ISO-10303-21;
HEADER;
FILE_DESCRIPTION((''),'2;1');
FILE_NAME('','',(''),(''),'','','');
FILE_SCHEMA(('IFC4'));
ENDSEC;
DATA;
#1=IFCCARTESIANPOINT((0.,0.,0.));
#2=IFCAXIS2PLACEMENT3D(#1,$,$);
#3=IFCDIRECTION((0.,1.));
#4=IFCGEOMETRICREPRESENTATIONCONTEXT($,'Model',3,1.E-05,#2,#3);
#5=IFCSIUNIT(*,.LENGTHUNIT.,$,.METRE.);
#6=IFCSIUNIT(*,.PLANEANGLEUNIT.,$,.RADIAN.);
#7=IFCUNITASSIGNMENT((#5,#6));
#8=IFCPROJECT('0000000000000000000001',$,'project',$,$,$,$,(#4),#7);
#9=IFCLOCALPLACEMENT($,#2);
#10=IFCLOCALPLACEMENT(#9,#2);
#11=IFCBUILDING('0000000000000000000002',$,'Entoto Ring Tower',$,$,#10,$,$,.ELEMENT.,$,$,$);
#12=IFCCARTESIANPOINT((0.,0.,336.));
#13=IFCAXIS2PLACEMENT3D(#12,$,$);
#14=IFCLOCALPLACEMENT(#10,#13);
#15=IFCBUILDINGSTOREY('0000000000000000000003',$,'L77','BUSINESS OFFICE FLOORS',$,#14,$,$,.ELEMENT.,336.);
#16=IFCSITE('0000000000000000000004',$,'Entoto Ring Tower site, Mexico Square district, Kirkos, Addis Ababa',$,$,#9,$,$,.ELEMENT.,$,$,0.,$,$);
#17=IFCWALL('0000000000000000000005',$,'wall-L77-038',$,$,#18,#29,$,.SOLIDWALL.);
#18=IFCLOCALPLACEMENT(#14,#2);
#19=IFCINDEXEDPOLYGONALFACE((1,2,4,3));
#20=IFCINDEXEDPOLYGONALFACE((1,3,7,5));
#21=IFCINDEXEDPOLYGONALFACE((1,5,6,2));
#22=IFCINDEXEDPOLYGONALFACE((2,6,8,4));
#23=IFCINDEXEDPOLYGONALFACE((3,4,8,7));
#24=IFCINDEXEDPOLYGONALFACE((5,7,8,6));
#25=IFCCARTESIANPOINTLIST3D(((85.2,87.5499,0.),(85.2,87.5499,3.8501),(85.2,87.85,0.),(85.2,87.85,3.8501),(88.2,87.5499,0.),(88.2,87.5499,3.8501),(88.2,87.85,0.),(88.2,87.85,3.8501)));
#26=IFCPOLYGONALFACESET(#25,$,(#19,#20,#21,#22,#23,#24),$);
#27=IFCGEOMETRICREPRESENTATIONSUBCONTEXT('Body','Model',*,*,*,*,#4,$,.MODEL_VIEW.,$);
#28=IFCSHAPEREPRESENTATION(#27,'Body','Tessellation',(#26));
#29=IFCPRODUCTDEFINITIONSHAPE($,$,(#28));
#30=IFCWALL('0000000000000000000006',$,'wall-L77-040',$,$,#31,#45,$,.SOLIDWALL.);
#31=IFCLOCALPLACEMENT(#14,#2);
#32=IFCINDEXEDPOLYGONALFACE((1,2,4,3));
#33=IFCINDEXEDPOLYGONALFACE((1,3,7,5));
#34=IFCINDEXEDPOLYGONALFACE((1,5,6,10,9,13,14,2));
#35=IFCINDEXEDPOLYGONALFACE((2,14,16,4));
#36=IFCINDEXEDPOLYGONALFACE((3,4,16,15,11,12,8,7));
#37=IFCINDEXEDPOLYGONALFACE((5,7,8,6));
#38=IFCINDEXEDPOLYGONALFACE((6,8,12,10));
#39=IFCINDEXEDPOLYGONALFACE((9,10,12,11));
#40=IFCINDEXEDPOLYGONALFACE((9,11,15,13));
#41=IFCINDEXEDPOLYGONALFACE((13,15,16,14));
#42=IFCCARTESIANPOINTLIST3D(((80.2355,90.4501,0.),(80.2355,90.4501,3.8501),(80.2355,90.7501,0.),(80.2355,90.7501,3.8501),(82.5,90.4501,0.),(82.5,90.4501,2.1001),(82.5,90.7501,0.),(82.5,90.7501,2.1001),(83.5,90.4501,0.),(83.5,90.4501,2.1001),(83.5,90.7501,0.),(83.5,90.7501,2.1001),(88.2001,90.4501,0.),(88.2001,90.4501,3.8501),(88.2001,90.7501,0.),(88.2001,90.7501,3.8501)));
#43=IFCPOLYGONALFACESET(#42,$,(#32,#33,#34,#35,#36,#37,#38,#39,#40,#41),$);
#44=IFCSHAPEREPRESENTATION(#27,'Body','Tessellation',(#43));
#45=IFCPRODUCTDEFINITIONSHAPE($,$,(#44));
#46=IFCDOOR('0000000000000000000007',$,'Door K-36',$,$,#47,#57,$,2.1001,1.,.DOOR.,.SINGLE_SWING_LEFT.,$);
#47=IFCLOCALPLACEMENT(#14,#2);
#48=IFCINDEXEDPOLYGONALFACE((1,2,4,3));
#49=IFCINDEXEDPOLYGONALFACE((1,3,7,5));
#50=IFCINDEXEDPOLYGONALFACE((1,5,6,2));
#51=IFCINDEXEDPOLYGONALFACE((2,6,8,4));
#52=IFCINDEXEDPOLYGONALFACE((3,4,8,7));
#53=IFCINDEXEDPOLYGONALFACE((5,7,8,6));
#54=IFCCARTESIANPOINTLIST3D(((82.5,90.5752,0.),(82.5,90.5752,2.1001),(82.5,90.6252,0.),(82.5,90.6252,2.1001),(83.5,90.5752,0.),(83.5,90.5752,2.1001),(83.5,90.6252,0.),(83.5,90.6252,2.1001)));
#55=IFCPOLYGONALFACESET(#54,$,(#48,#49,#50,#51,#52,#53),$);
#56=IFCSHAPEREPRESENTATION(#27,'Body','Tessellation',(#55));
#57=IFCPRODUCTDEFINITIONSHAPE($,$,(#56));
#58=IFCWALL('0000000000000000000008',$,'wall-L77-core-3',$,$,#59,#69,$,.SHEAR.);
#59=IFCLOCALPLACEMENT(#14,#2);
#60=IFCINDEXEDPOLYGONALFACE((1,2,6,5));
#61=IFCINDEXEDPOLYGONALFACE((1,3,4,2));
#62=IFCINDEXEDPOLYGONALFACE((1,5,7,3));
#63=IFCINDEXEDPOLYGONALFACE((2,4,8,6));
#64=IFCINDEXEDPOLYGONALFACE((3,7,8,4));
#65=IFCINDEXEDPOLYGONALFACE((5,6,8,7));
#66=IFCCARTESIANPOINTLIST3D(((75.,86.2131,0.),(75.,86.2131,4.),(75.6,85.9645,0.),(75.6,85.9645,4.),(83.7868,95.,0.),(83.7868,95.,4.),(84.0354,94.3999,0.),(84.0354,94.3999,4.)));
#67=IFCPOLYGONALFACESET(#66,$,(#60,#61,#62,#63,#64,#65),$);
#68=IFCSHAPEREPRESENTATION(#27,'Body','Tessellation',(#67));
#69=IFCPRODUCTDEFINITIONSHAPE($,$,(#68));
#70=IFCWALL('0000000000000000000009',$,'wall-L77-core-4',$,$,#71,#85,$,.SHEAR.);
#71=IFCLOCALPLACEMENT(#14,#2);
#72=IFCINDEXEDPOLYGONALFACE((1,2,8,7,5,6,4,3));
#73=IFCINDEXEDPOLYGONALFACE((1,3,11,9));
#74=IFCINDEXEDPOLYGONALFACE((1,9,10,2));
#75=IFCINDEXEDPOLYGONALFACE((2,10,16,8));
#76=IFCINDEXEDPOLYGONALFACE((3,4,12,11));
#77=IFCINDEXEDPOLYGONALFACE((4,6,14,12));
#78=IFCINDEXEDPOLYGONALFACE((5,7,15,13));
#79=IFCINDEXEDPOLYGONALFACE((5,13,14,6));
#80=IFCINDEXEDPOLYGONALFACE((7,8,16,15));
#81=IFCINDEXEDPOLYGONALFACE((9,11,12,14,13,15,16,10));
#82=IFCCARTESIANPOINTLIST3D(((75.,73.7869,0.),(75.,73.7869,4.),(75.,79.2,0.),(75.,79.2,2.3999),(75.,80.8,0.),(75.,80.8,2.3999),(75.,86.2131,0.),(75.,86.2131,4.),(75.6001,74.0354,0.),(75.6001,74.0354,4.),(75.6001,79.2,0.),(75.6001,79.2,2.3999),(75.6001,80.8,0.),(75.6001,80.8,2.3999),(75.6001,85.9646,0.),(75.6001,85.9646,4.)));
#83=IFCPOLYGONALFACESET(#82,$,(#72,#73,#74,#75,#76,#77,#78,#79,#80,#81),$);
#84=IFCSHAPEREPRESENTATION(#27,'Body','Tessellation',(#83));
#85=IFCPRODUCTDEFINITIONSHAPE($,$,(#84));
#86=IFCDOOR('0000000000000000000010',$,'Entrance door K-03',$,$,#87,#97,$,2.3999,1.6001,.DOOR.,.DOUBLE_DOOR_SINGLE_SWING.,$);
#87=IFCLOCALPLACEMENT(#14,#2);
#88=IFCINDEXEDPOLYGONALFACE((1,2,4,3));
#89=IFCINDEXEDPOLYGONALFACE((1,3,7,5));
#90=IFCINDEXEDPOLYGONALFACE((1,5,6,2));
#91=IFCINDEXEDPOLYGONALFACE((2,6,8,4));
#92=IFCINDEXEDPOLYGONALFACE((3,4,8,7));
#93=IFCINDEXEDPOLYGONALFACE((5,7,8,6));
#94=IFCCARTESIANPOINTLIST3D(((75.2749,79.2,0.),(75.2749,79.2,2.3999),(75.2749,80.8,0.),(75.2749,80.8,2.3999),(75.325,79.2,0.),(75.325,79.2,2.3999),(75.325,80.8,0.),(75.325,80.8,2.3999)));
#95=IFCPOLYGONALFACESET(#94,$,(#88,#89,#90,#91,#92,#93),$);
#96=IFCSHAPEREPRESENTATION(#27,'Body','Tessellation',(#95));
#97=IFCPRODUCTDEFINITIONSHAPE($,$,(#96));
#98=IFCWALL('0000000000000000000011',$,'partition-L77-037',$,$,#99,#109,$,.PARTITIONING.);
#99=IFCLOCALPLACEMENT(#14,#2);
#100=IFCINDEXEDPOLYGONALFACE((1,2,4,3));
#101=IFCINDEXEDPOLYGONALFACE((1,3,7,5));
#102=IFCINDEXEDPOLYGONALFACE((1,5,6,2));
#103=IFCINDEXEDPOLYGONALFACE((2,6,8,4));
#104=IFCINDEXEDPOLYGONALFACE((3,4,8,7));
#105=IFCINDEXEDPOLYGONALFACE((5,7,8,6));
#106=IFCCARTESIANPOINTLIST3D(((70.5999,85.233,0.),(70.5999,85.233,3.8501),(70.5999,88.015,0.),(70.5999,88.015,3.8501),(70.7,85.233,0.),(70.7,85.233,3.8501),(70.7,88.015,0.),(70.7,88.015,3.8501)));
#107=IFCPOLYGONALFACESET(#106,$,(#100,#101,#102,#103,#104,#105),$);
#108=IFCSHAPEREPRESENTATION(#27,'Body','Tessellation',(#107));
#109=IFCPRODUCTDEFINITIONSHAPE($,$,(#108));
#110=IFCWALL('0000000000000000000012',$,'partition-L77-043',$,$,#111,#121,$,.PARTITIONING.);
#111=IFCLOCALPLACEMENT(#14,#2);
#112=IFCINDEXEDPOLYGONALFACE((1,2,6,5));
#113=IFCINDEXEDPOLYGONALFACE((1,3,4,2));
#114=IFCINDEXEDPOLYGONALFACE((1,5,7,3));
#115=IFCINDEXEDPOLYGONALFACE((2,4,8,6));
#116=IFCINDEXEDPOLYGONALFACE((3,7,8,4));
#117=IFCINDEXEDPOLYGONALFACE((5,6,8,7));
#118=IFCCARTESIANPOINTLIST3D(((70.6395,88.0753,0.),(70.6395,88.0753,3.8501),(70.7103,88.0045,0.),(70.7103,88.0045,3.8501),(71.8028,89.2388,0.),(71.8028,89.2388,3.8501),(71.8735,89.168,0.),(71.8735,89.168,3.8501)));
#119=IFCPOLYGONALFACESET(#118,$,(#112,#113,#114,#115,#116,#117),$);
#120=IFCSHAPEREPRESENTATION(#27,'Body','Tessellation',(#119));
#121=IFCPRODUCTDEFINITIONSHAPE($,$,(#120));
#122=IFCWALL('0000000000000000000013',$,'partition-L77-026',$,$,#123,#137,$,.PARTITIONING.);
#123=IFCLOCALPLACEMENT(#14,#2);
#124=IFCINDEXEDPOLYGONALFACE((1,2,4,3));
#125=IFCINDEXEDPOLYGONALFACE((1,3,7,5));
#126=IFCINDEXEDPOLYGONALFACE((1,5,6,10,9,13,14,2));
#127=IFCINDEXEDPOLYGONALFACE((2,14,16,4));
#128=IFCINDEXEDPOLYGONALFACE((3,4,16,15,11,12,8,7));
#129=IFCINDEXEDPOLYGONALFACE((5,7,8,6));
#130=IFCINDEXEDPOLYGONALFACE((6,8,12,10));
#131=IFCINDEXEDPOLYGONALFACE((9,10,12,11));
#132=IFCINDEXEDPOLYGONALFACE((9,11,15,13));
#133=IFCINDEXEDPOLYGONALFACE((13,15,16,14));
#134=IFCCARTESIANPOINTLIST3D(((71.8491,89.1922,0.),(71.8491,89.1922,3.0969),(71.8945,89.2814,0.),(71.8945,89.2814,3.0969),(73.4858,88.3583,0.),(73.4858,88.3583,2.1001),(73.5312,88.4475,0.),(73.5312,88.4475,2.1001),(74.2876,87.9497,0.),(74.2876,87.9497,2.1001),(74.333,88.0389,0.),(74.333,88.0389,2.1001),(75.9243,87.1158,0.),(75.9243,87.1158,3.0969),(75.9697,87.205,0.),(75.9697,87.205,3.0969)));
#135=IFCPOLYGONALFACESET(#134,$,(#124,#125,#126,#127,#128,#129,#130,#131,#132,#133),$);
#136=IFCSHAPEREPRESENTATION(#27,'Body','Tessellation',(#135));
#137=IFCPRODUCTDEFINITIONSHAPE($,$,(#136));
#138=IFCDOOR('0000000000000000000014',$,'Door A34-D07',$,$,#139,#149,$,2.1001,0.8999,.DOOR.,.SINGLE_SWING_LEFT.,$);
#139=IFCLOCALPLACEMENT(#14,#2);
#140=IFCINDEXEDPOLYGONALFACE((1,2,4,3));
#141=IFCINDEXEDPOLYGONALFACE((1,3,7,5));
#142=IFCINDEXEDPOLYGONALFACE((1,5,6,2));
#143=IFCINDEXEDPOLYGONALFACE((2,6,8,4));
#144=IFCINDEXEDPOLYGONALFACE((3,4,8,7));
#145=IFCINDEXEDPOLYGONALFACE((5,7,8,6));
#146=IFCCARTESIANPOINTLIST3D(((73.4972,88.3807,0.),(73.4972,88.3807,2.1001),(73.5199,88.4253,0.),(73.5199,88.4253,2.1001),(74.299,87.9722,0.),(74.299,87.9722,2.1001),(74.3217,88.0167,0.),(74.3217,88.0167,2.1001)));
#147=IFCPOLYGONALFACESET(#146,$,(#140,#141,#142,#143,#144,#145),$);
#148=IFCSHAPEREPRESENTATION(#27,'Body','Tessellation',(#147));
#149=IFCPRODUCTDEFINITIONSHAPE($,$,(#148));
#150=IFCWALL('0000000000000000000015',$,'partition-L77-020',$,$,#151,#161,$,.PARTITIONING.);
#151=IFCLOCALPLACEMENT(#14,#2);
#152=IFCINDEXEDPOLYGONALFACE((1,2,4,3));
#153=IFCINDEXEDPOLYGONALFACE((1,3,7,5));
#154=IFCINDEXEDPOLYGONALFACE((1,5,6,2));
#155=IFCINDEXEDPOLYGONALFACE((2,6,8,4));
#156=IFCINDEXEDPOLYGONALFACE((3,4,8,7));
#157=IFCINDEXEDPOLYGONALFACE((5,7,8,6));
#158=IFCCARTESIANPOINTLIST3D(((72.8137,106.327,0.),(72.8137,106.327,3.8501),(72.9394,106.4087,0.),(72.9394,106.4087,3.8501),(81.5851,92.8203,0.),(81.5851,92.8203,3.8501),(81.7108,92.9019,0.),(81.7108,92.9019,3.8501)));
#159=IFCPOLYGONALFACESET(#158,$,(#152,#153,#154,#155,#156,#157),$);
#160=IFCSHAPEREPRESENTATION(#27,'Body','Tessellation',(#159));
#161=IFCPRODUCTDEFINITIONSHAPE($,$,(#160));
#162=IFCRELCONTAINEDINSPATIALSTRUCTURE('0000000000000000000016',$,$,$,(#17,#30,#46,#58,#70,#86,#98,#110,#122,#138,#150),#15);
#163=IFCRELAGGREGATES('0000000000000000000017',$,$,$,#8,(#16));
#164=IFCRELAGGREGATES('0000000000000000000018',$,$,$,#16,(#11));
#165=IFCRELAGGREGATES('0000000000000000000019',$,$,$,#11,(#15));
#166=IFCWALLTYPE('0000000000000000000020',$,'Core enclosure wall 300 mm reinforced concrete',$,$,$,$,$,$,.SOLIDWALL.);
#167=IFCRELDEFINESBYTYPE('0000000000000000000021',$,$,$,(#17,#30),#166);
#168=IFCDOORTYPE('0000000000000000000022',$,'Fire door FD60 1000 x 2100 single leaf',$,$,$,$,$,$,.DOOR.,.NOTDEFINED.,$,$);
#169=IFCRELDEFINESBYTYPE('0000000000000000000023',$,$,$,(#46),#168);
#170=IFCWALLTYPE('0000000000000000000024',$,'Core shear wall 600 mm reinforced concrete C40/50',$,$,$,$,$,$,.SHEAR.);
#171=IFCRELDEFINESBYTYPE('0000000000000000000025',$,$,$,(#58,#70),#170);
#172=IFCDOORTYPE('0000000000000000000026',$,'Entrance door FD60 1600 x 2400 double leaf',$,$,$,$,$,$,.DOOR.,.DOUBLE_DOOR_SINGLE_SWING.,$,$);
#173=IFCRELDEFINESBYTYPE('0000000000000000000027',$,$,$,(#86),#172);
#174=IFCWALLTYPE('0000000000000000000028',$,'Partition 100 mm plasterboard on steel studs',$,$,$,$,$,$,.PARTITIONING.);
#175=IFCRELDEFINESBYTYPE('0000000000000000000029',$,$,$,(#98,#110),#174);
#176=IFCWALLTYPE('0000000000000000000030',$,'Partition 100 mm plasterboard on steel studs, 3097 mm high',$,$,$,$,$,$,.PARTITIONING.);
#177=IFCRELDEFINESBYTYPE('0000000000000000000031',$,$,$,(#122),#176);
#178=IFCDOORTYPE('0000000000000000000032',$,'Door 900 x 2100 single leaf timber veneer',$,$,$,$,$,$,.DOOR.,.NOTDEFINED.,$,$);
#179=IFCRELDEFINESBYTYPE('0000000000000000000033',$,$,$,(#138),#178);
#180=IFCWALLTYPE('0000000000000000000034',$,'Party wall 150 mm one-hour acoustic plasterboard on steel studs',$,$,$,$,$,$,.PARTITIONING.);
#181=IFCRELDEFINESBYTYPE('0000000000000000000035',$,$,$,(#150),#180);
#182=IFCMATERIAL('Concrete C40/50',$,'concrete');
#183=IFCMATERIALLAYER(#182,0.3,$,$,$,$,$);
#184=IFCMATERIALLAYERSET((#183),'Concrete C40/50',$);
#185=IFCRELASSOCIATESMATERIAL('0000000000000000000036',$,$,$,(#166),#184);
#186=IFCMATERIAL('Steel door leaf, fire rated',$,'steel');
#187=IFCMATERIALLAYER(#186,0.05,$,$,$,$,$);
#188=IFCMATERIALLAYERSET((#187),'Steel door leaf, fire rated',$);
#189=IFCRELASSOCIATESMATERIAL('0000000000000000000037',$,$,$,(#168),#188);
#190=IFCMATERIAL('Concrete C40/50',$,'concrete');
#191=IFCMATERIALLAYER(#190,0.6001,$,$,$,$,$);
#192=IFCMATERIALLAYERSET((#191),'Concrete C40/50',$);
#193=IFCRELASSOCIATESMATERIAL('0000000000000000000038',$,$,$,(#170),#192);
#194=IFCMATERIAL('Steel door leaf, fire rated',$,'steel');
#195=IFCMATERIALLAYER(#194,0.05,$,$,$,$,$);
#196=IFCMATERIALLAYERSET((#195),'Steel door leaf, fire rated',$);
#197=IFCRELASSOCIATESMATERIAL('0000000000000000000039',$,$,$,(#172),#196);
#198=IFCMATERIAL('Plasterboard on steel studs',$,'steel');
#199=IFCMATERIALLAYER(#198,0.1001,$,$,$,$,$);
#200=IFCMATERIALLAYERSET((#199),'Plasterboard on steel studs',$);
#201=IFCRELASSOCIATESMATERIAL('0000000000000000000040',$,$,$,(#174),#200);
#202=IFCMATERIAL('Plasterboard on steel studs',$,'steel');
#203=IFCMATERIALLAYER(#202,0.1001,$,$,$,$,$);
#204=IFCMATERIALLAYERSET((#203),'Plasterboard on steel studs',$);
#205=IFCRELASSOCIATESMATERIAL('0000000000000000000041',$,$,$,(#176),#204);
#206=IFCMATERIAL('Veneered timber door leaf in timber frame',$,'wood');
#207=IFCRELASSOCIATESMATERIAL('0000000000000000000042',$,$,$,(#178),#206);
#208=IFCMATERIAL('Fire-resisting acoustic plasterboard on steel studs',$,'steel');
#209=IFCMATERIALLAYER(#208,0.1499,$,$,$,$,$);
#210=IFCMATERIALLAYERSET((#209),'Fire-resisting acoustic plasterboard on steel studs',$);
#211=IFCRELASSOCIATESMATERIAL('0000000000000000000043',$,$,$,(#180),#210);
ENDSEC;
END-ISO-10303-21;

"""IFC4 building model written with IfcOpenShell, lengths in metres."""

from ifc_helpers import new_model, si_unit, direction, frame, frame_2d, origin, place, context, subcontext, project, spatial, polyline, rectangle, outline, extrude, material, layer, layer_set, type_object, element, fill, save


model = new_model("IFC4")

# Units and contexts
model_context = context("Model", 3, precision=1e-05, world=origin(), true_north=direction((0.0, 1.0)))
body_context = subcontext(model_context, "Body", "Model", "MODEL_VIEW")
ifc_project = project(units=[si_unit("LENGTHUNIT", "METRE"), si_unit("PLANEANGLEUNIT", "RADIAN")], contexts=[model_context])

# Site, building, storey
site_placement = place(None, origin())
site = spatial("IfcSite", under=ifc_project, at=site_placement, Name="Entoto Ring Tower site, Mexico Square district, Kirkos, Addis Ababa", CompositionType="ELEMENT", RefElevation=0.0)
building_placement = place(site_placement, origin())
building = spatial("IfcBuilding", under=site, at=building_placement, Name="Entoto Ring Tower", CompositionType="ELEMENT")
storey_placement = place(building_placement, frame((0.0, 0.0, 336.0)))
storey = spatial("IfcBuildingStorey", under=building, at=storey_placement, Name="L77", Description="BUSINESS OFFICE FLOORS", CompositionType="ELEMENT", Elevation=336.0)

# Wall
ifc_material_1 = material(Name="Concrete C40/50", Category="concrete")
ifc_layer_1 = layer(ifc_material_1, 0.3)
ifc_layer_set_1 = layer_set([ifc_layer_1], Name="Concrete C40/50")
wall_type_1 = type_object("IfcWallType", Name="Core enclosure wall 300 mm reinforced concrete", PredefinedType="SOLIDWALL", material=ifc_layer_set_1)
wall_1_placement = place(storey_placement, frame((85.2, 87.7, 0.0), z_axis=(0.0, 0.0, 1.0), x_axis=(1.0, 0.0, 0.0)))
element("IfcWall", 1, at=wall_1_placement, inside=storey, type_object=wall_type_1, Name="wall-L77-038", PredefinedType="SOLIDWALL", context=body_context, shape_type="SweptSolid", body=[
    extrude(rectangle(XDim=3.0, YDim=0.3, at=frame_2d((1.5, 0.0))), origin(), (0.0, 0.0, 1.0), 3.8501),
])

# Wall, opening, door
wall_2_placement = place(storey_placement, frame((80.2354, 90.6001, 0.0), z_axis=(0.0, 0.0, 1.0), x_axis=(1.0, 0.0, 0.0)))
wall_2 = element("IfcWall", 2, at=wall_2_placement, inside=storey, type_object=wall_type_1, Name="wall-L77-040", PredefinedType="SOLIDWALL", context=body_context, shape_type="SweptSolid", body=[
    extrude(rectangle(XDim=7.9646, YDim=0.3, at=frame_2d((3.9824, 0.0))), origin(), (0.0, 0.0, 1.0), 3.8501),
])
opening_1_placement = place(wall_2_placement, frame((2.2646, 0.0, 0.0)))
opening_1 = element("IfcOpeningElement", 3, at=opening_1_placement, cuts=wall_2, PredefinedType="OPENING", context=body_context, shape_type="SweptSolid", body=[
    extrude(rectangle(XDim=1.0, YDim=2.1001, at=frame_2d((0.5, 1.05))), frame((0.0, 0.1602, 0.0), z_axis=(0.0, -1.0, 0.0), x_axis=(1.0, 0.0, 0.0)), (0.0, 0.0, 1.0), 0.3201),
])
ifc_material_2 = material(Name="Steel door leaf, fire rated", Category="steel")
ifc_layer_2 = layer(ifc_material_2, 0.05)
ifc_layer_set_2 = layer_set([ifc_layer_2], Name="Steel door leaf, fire rated")
door_type_1 = type_object("IfcDoorType", Name="Fire door FD60 1000 x 2100 single leaf", OperationType="NOTDEFINED", PredefinedType="DOOR", material=ifc_layer_set_2)
door_1_placement = place(opening_1_placement, frame((1.0, 0.0, 0.0), z_axis=(0.0, 0.0, 1.0), x_axis=(-1.0, 0.0, 0.0)))
door_1 = element("IfcDoor", 4, at=door_1_placement, inside=storey, type_object=door_type_1, Name="Door K-36", OperationType="SINGLE_SWING_LEFT", OverallHeight=2.1001, OverallWidth=1.0, PredefinedType="DOOR", context=body_context, shape_type="SweptSolid", body=[
    extrude(rectangle(XDim=1.0, YDim=2.1001, at=frame_2d((0.5, 1.05))), frame((0.0, 0.0249, 0.0), z_axis=(0.0, -1.0, 0.0), x_axis=(1.0, 0.0, 0.0)), (0.0, 0.0, 1.0), 0.05),
])
fill(opening_1, door_1)

# Wall
ifc_material_3 = material(Name="Concrete C40/50", Category="concrete")
ifc_layer_3 = layer(ifc_material_3, 0.6001)
ifc_layer_set_3 = layer_set([ifc_layer_3], Name="Concrete C40/50")
wall_type_2 = type_object("IfcWallType", Name="Core shear wall 600 mm reinforced concrete C40/50", PredefinedType="SHEAR", material=ifc_layer_set_3)
wall_3_placement = place(storey_placement, frame((83.9111, 94.7, 0.0), z_axis=(0.0, 0.0, 1.0), x_axis=(-0.707107, -0.707107, 0.0)))
element("IfcWall", 5, at=wall_3_placement, inside=storey, type_object=wall_type_2, Name="wall-L77-core-3", PredefinedType="SHEAR", context=body_context, shape_type="SweptSolid", body=[
    extrude(outline(polyline([(-0.1243, -0.3), (12.3022, -0.3), (12.0537, 0.3), (0.1243, 0.3), (-0.1243, -0.3)])), origin(), (0.0, 0.0, 1.0), 4.0),
])

# Wall, opening, door
wall_4_placement = place(storey_placement, frame((75.3, 86.0889, 0.0), z_axis=(0.0, 0.0, 1.0), x_axis=(0.0, -1.0, 0.0)))
wall_4 = element("IfcWall", 6, at=wall_4_placement, inside=storey, type_object=wall_type_2, Name="wall-L77-core-4", PredefinedType="SHEAR", context=body_context, shape_type="SweptSolid", body=[
    extrude(outline(polyline([(-0.1243, -0.3), (12.302, -0.3), (12.0535, 0.3), (0.1243, 0.3), (-0.1243, -0.3)])), origin(), (0.0, 0.0, 1.0), 4.0),
])
opening_2_placement = place(wall_4_placement, frame((5.2888, 0.0, 0.0)))
opening_2 = element("IfcOpeningElement", 7, at=opening_2_placement, cuts=wall_4, PredefinedType="OPENING", context=body_context, shape_type="SweptSolid", body=[
    extrude(rectangle(XDim=1.6001, YDim=2.3999, at=frame_2d((0.8, 1.2))), frame((0.0, 0.3101, 0.0), z_axis=(0.0, -1.0, 0.0), x_axis=(1.0, 0.0, 0.0)), (0.0, 0.0, 1.0), 0.6201),
])
ifc_material_4 = material(Name="Steel door leaf, fire rated", Category="steel")
ifc_layer_4 = layer(ifc_material_4, 0.05)
ifc_layer_set_4 = layer_set([ifc_layer_4], Name="Steel door leaf, fire rated")
door_type_2 = type_object("IfcDoorType", Name="Entrance door FD60 1600 x 2400 double leaf", OperationType="DOUBLE_DOOR_SINGLE_SWING", PredefinedType="DOOR", material=ifc_layer_set_4)
door_2_placement = place(opening_2_placement, origin())
door_2 = element("IfcDoor", 8, at=door_2_placement, inside=storey, type_object=door_type_2, Name="Entrance door K-03", OperationType="DOUBLE_DOOR_SINGLE_SWING", OverallHeight=2.3999, OverallWidth=1.6001, PredefinedType="DOOR", context=body_context, shape_type="SweptSolid", body=[
    extrude(rectangle(XDim=1.6001, YDim=2.3999, at=frame_2d((0.8, 1.2))), frame((0.0, 0.0249, 0.0), z_axis=(0.0, -1.0, 0.0), x_axis=(1.0, 0.0, 0.0)), (0.0, 0.0, 1.0), 0.05),
])
fill(opening_2, door_2)

# Walls
ifc_material_5 = material(Name="Plasterboard on steel studs", Category="steel")
ifc_layer_5 = layer(ifc_material_5, 0.1001)
ifc_layer_set_5 = layer_set([ifc_layer_5], Name="Plasterboard on steel studs")
wall_type_3 = type_object("IfcWallType", Name="Partition 100 mm plasterboard on steel studs", PredefinedType="PARTITIONING", material=ifc_layer_set_5)
wall_5_placement = place(storey_placement, frame((70.6499, 85.2329, 0.0), z_axis=(0.0, 0.0, 1.0), x_axis=(0.0, 1.0, 0.0)))
element("IfcWall", 9, at=wall_5_placement, inside=storey, type_object=wall_type_3, Name="partition-L77-037", PredefinedType="PARTITIONING", context=body_context, shape_type="SweptSolid", body=[
    extrude(rectangle(XDim=2.782, YDim=0.1001, at=frame_2d((1.3911, 0.0))), origin(), (0.0, 0.0, 1.0), 3.8501),
])
wall_6_placement = place(storey_placement, frame((70.6748, 88.0398, 0.0), z_axis=(0.0, 0.0, 1.0), x_axis=(0.707033, 0.707181, 0.0)))
element("IfcWall", 10, at=wall_6_placement, inside=storey, type_object=wall_type_3, Name="partition-L77-043", PredefinedType="PARTITIONING", context=body_context, shape_type="SweptSolid", body=[
    extrude(rectangle(XDim=1.6453, YDim=0.1001, at=frame_2d((0.8228, 0.0))), origin(), (0.0, 0.0, 1.0), 3.8501),
])

# Wall, opening, door
ifc_material_6 = material(Name="Plasterboard on steel studs", Category="steel")
ifc_layer_6 = layer(ifc_material_6, 0.1001)
ifc_layer_set_6 = layer_set([ifc_layer_6], Name="Plasterboard on steel studs")
wall_type_4 = type_object("IfcWallType", Name="Partition 100 mm plasterboard on steel studs, 3097 mm high", PredefinedType="PARTITIONING", material=ifc_layer_set_6)
wall_7_placement = place(storey_placement, frame((75.947, 87.1604, 0.0), z_axis=(0.0, 0.0, 1.0), x_axis=(-0.891006, 0.453991, 0.0)))
wall_7 = element("IfcWall", 11, at=wall_7_placement, inside=storey, type_object=wall_type_4, Name="partition-L77-026", PredefinedType="PARTITIONING", context=body_context, shape_type="SweptSolid", body=[
    extrude(rectangle(XDim=4.5737, YDim=0.1001, at=frame_2d((2.2869, 0.0))), origin(), (0.0, 0.0, 1.0), 3.0969),
])
opening_3_placement = place(wall_7_placement, frame((1.8369, 0.0, 0.0)))
opening_3 = element("IfcOpeningElement", 12, at=opening_3_placement, cuts=wall_7, PredefinedType="OPENING", context=body_context, shape_type="SweptSolid", body=[
    extrude(rectangle(XDim=0.8999, YDim=2.1001, at=frame_2d((0.45, 1.05))), frame((0.0, 0.0601, 0.0), z_axis=(0.0, -1.0, 0.0), x_axis=(1.0, 0.0, 0.0)), (0.0, 0.0, 1.0), 0.1201),
])
ifc_material_7 = material(Name="Veneered timber door leaf in timber frame", Category="wood")
door_type_3 = type_object("IfcDoorType", Name="Door 900 x 2100 single leaf timber veneer", OperationType="NOTDEFINED", PredefinedType="DOOR", material=ifc_material_7)
door_3_placement = place(opening_3_placement, origin())
door_3 = element("IfcDoor", 13, at=door_3_placement, inside=storey, type_object=door_type_3, Name="Door A34-D07", OperationType="SINGLE_SWING_LEFT", OverallHeight=2.1001, OverallWidth=0.8999, PredefinedType="DOOR", context=body_context, shape_type="SweptSolid", body=[
    extrude(rectangle(XDim=0.8999, YDim=2.1001, at=frame_2d((0.45, 1.05))), frame((0.0, 0.0249, 0.0), z_axis=(0.0, -1.0, 0.0), x_axis=(1.0, 0.0, 0.0)), (0.0, 0.0, 1.0), 0.05),
])
fill(opening_3, door_3)

# Wall
ifc_material_8 = material(Name="Fire-resisting acoustic plasterboard on steel studs", Category="steel")
ifc_layer_7 = layer(ifc_material_8, 0.1499)
ifc_layer_set_7 = layer_set([ifc_layer_7], Name="Fire-resisting acoustic plasterboard on steel studs")
wall_type_5 = type_object("IfcWallType", Name="Party wall 150 mm one-hour acoustic plasterboard on steel studs", PredefinedType="PARTITIONING", material=ifc_layer_set_7)
wall_8_placement = place(storey_placement, frame((81.6479, 92.8611, 0.0), z_axis=(0.0, 0.0, 1.0), x_axis=(-0.544641, 0.838669, 0.0)))
element("IfcWall", 14, at=wall_8_placement, inside=storey, type_object=wall_type_5, Name="partition-L77-020", PredefinedType="PARTITIONING", context=body_context, shape_type="SweptSolid", body=[
    extrude(rectangle(XDim=16.105, YDim=0.1499, at=frame_2d((8.0525, 0.0))), origin(), (0.0, 0.0, 1.0), 3.8501),
])

save(model, "model.ifc")
